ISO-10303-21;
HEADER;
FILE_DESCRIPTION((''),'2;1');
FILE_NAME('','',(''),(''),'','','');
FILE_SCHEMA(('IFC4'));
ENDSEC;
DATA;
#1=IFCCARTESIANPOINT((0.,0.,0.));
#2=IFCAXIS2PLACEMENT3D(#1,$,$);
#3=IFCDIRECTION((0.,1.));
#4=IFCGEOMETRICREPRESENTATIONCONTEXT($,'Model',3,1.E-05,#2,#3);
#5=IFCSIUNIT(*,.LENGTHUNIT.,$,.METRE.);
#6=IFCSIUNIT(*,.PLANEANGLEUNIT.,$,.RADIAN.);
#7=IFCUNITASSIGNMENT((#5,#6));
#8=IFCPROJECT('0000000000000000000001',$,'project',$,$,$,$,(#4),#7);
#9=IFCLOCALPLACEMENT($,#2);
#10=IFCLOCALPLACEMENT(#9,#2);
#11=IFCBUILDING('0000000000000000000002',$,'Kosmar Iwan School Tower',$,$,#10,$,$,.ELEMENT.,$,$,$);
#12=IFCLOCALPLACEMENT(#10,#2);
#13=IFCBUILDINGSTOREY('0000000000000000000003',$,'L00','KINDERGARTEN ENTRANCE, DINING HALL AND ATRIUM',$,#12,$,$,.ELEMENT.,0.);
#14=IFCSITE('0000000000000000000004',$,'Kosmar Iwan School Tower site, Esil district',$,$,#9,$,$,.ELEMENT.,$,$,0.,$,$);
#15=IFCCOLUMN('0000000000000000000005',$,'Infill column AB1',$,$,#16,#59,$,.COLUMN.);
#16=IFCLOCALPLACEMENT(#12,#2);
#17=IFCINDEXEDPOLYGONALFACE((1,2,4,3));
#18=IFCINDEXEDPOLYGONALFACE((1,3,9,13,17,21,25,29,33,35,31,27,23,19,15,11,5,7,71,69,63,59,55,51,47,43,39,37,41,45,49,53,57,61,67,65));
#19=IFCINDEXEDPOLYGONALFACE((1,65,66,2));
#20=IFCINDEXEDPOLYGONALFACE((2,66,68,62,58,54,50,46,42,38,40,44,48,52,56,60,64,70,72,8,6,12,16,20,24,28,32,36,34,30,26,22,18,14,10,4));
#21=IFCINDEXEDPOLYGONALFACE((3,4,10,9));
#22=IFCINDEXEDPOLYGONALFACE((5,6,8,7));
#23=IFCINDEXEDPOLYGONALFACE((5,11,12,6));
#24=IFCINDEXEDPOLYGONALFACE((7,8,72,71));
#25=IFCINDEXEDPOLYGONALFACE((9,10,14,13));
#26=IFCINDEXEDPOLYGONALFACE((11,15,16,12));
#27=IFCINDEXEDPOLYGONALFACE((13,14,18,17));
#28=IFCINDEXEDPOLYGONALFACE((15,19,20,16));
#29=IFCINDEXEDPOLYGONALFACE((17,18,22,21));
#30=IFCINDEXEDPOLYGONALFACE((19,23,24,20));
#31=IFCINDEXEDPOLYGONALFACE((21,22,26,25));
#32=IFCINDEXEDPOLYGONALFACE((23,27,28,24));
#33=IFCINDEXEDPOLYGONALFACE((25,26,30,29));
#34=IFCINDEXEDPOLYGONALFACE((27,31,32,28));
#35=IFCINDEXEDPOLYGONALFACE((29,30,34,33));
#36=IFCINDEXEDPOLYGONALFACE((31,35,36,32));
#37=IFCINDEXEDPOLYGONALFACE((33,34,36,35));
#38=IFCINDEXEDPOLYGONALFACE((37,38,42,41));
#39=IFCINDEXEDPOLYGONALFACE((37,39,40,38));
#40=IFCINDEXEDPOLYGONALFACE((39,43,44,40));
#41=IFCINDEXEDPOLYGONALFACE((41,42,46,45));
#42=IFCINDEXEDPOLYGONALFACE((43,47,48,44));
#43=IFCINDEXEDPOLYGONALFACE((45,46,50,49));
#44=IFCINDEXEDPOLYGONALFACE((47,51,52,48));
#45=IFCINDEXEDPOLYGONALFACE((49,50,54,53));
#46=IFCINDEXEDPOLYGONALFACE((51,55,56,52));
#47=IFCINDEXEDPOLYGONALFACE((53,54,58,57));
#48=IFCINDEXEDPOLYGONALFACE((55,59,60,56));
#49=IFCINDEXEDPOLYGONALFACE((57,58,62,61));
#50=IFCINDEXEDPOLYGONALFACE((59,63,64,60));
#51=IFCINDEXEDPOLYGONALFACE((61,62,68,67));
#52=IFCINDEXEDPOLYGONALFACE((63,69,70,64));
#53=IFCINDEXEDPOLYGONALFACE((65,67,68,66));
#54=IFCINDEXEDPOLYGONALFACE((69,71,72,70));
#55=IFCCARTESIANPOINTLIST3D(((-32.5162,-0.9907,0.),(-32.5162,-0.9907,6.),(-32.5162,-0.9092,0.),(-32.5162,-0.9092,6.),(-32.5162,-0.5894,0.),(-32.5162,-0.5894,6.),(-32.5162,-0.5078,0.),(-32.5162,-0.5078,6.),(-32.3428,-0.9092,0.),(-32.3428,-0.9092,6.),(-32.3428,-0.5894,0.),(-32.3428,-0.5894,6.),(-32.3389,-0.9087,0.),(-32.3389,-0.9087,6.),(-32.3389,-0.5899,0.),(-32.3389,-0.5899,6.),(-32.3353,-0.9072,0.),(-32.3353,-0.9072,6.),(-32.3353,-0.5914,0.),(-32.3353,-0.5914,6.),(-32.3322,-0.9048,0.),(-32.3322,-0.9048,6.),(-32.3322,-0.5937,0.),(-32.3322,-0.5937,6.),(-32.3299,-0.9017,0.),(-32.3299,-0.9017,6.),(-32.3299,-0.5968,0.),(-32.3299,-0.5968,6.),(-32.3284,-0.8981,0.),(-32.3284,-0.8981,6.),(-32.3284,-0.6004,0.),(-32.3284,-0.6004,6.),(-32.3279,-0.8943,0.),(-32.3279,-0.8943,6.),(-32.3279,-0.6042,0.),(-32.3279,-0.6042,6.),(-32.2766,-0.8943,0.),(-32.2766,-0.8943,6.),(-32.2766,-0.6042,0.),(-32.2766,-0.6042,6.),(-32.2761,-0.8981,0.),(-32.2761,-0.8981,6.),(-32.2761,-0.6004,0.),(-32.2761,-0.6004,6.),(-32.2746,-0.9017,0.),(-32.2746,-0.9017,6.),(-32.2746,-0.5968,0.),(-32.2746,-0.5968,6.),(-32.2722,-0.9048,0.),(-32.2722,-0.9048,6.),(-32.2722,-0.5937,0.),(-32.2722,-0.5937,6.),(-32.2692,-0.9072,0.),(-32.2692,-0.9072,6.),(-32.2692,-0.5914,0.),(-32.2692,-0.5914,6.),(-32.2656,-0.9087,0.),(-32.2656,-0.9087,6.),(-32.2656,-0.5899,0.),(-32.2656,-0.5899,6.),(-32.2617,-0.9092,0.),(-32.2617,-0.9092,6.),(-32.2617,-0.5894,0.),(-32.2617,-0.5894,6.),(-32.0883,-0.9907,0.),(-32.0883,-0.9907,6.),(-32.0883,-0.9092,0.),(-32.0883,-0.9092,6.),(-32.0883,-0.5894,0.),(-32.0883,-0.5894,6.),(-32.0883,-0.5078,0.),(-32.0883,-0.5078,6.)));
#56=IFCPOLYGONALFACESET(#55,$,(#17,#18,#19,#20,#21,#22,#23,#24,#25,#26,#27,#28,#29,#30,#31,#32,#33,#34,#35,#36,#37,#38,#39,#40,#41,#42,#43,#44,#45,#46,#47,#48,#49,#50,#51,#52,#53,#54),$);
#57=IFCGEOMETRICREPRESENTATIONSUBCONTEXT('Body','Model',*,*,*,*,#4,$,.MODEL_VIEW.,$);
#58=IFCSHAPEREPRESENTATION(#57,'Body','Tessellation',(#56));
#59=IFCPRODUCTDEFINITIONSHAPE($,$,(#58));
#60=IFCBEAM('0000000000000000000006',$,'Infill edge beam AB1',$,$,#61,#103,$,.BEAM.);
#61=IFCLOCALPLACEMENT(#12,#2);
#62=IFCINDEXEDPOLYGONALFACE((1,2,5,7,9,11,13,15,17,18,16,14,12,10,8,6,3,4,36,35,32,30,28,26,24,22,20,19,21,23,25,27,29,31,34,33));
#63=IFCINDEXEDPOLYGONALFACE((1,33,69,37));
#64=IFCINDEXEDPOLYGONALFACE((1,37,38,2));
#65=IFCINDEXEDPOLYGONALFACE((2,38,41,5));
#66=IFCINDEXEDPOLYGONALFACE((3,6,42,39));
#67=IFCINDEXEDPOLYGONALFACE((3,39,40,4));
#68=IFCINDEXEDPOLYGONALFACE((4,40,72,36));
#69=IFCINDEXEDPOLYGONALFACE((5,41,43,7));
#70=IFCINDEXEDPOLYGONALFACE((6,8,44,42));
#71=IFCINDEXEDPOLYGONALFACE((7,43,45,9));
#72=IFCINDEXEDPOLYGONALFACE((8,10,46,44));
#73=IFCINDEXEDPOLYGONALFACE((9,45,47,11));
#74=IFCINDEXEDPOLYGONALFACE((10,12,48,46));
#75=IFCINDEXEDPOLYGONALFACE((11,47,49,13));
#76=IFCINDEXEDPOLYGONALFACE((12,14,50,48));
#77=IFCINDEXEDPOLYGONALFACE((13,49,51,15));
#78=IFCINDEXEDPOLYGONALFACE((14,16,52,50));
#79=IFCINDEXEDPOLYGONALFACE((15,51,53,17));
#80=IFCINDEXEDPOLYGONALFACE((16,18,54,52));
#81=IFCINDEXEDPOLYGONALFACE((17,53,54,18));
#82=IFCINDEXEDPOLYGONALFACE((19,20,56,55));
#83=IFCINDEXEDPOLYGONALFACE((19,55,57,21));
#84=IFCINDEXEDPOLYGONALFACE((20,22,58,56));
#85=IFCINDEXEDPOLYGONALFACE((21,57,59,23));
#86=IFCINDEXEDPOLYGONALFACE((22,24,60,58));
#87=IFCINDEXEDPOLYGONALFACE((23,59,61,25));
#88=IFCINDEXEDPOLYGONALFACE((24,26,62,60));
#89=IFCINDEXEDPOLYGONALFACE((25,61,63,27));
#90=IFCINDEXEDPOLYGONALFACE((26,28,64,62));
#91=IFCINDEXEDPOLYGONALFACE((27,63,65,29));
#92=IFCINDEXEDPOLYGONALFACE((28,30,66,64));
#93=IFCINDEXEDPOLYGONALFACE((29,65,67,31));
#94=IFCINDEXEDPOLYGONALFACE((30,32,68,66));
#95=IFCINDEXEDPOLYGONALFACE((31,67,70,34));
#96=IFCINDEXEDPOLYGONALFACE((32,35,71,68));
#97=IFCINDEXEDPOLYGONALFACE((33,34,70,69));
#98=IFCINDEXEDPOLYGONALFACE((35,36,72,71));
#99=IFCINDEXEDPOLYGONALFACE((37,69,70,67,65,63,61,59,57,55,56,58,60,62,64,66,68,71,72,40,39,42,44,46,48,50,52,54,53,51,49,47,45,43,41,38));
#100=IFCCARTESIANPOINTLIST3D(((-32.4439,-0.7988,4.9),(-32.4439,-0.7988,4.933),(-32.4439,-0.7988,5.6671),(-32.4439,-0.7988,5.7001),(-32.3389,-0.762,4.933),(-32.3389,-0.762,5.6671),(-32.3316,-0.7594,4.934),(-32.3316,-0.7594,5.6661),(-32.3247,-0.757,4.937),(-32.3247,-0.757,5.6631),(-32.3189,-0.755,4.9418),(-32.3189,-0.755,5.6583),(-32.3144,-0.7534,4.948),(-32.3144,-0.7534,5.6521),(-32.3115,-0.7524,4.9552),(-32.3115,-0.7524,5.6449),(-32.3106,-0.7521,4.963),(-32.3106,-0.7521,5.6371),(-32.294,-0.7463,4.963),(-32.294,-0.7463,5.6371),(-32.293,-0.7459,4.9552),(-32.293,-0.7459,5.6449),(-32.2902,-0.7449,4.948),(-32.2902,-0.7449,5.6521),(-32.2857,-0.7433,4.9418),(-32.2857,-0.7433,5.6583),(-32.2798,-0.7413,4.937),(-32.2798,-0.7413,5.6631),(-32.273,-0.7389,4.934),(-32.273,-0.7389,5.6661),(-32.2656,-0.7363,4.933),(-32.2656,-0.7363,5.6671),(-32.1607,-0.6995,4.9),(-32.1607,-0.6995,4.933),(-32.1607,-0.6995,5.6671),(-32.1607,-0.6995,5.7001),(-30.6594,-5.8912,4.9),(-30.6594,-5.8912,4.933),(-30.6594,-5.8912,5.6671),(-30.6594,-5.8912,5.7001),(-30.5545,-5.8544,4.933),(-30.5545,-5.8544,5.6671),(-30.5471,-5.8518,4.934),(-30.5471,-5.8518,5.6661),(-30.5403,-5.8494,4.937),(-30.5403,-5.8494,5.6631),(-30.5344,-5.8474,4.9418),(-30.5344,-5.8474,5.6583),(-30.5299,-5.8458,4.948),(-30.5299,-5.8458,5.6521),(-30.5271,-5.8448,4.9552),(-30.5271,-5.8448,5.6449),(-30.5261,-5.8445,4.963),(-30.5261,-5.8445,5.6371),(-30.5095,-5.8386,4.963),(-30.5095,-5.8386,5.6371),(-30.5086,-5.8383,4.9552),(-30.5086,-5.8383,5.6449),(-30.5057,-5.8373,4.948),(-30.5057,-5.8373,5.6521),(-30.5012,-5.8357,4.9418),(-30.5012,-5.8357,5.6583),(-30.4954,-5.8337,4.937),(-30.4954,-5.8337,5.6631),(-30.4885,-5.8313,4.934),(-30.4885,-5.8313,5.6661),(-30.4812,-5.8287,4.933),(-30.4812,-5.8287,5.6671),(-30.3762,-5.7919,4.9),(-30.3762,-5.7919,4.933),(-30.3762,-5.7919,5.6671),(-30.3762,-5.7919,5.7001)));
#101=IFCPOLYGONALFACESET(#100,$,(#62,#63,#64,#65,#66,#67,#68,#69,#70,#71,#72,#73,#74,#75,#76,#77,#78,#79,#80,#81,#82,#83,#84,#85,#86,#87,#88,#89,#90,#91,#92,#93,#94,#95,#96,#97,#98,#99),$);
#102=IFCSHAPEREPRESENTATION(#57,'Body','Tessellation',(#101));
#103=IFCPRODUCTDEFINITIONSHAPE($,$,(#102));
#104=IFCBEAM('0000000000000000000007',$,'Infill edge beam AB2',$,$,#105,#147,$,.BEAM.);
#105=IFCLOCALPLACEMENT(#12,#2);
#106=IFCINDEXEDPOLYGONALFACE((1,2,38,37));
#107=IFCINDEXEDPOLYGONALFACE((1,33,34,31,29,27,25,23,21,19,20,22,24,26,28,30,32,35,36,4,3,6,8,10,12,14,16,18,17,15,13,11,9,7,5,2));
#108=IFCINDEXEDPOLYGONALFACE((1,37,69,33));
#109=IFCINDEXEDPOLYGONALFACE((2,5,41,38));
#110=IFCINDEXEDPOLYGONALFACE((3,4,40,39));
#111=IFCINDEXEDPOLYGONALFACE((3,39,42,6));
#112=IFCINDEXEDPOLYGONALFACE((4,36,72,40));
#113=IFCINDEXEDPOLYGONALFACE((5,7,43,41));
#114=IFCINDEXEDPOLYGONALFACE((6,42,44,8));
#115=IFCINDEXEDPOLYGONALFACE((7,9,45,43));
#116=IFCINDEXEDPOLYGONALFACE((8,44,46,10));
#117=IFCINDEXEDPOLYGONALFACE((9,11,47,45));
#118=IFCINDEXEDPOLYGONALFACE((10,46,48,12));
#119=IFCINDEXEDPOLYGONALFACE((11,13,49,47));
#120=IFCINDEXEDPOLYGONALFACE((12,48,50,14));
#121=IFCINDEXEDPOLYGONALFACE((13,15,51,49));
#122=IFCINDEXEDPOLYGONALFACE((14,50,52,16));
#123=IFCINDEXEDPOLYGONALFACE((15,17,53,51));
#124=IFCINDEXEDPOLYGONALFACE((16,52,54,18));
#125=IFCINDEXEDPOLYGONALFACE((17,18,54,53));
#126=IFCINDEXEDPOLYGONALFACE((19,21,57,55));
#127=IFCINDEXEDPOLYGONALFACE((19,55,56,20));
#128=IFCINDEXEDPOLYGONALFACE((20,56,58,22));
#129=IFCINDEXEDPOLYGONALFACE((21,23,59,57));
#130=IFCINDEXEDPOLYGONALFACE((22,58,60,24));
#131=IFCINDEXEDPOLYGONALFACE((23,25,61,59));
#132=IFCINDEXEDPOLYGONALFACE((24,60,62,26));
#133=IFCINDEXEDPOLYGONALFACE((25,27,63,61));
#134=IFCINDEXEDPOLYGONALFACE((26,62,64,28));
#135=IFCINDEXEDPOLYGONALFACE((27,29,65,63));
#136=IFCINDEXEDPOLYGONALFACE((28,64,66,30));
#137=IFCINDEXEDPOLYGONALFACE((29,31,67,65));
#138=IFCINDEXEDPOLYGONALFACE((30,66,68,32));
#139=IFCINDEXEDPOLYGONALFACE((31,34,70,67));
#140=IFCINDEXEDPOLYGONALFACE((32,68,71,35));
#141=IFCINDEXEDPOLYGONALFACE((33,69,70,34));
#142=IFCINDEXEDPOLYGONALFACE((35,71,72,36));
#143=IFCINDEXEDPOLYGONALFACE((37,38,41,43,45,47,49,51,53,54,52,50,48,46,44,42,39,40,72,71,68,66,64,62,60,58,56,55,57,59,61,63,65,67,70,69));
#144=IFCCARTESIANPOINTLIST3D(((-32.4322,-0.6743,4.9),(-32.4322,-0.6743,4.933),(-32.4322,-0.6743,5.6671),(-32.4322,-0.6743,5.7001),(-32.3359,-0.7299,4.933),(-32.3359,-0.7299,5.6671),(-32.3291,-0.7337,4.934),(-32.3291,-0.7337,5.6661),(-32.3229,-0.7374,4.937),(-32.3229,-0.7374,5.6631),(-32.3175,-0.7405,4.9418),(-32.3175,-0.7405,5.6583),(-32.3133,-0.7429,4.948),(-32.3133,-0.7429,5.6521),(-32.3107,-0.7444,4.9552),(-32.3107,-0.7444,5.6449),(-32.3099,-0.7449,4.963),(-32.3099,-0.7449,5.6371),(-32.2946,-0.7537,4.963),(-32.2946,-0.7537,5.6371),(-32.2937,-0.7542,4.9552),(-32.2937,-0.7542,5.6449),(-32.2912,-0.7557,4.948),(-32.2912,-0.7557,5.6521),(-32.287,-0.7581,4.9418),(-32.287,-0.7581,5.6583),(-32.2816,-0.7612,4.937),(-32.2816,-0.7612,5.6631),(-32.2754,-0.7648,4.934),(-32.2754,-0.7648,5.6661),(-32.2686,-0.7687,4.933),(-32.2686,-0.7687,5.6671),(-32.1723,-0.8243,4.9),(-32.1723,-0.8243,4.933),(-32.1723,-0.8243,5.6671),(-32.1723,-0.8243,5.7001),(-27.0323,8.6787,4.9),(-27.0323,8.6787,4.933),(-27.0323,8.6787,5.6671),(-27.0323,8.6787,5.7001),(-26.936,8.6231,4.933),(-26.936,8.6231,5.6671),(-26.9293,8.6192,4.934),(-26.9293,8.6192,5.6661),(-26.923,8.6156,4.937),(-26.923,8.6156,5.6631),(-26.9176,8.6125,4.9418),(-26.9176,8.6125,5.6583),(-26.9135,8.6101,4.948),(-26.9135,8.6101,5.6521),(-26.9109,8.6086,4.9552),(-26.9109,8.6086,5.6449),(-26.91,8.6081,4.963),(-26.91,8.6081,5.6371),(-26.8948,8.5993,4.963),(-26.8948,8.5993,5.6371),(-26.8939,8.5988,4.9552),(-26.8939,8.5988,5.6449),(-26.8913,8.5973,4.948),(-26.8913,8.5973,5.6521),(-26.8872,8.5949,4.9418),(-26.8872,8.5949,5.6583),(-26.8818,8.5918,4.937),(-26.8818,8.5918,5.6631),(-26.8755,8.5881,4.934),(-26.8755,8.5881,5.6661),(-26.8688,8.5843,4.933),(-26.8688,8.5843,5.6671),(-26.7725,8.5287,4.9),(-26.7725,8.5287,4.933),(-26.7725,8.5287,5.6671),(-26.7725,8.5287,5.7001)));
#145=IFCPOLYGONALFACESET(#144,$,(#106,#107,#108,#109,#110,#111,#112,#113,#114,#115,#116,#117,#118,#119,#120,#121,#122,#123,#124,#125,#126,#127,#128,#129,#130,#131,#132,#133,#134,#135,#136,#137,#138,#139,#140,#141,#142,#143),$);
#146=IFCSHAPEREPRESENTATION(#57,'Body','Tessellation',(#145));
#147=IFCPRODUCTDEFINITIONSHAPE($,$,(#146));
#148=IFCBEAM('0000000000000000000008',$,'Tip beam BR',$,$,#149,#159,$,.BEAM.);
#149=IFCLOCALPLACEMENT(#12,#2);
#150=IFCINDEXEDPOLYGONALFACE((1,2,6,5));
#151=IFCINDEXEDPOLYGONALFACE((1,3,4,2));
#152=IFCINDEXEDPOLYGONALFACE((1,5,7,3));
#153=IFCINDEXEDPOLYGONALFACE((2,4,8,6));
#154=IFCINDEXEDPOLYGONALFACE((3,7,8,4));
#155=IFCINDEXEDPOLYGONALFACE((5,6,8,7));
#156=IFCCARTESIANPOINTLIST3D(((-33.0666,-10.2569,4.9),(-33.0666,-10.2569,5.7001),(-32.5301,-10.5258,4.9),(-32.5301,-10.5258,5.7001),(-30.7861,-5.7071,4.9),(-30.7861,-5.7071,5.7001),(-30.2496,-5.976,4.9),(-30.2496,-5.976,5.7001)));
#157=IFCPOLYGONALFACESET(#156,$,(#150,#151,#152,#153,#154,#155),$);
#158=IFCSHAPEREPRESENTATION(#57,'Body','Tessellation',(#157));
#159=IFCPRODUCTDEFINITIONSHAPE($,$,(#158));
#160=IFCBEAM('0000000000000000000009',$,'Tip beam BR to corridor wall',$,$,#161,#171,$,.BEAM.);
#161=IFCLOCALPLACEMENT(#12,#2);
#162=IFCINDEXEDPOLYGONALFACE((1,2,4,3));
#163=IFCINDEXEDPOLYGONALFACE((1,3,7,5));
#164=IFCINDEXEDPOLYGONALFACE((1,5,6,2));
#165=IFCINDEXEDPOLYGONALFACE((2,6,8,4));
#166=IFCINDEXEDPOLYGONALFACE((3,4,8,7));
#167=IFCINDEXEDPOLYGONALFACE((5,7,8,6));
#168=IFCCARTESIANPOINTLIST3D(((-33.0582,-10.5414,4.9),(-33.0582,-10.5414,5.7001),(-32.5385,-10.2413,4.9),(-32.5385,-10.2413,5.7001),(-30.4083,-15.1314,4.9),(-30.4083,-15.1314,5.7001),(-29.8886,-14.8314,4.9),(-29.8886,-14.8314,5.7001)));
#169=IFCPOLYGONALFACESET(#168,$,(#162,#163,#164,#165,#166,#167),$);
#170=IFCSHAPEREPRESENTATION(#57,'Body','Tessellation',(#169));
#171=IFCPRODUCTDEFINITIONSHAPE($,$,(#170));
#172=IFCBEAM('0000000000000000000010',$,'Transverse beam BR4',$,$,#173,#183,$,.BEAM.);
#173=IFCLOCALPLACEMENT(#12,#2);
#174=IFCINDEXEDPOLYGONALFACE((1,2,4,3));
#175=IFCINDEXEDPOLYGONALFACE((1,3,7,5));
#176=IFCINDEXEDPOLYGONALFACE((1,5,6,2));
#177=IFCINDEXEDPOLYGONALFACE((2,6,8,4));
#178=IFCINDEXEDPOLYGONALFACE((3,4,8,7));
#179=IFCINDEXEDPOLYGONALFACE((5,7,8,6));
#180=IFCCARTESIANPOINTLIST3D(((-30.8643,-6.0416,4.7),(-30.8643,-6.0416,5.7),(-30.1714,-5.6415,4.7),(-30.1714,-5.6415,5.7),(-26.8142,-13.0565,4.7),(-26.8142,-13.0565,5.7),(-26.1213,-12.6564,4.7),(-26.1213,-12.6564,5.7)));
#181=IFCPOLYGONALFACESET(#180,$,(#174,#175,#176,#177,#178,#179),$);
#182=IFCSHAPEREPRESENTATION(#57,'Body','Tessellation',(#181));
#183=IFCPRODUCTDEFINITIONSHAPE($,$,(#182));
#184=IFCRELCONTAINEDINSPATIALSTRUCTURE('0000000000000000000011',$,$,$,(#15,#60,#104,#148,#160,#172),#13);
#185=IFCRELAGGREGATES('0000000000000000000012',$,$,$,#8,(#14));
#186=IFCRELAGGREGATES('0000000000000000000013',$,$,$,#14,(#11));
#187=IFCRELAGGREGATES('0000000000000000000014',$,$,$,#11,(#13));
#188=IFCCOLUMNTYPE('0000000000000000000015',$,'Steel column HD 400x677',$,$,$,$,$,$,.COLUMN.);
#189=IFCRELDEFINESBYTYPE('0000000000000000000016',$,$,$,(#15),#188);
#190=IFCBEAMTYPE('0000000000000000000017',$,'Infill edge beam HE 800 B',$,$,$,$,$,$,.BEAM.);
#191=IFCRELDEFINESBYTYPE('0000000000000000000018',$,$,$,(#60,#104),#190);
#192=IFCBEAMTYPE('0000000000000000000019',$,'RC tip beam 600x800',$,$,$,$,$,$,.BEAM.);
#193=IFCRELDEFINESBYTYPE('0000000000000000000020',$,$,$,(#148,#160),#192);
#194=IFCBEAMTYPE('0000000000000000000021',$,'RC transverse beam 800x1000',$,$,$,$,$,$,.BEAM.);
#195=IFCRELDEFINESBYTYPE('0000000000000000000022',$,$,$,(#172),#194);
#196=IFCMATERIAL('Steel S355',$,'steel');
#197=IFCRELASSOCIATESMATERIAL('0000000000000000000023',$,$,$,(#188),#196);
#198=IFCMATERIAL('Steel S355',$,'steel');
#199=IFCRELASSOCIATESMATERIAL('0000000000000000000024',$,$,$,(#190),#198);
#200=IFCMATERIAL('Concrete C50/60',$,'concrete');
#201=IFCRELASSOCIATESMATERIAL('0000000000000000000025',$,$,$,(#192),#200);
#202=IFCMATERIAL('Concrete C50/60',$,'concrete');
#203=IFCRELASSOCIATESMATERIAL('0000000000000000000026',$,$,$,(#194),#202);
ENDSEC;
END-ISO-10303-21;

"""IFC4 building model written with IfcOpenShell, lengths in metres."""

from ifc_helpers import new_model, si_unit, direction, frame, origin, origin_2d, place, context, subcontext, project, spatial, rectangle, i_section, extrude, material, material_profile, profile_set, type_object, element, save


model = new_model("IFC4")

# Units and contexts
model_context = context("Model", 3, precision=1e-05, world=origin(), true_north=direction((0.0, 1.0)))
body_context = subcontext(model_context, "Body", "Model", "MODEL_VIEW")
ifc_project = project(units=[si_unit("LENGTHUNIT", "METRE"), si_unit("PLANEANGLEUNIT", "RADIAN")], contexts=[model_context])

# Site, building, storey
site_placement = place(None, origin())
site = spatial("IfcSite", under=ifc_project, at=site_placement, Name="Kosmar Iwan School Tower site, Esil district", CompositionType="ELEMENT", RefElevation=0.0)
building_placement = place(site_placement, origin())
building = spatial("IfcBuilding", under=site, at=building_placement, Name="Kosmar Iwan School Tower", CompositionType="ELEMENT")
storey_placement = place(building_placement, origin())
storey = spatial("IfcBuildingStorey", under=building, at=storey_placement, Name="L00", Description="KINDERGARTEN ENTRANCE, DINING HALL AND ATRIUM", CompositionType="ELEMENT", Elevation=0.0)

# Column
ifc_material_1 = material(Name="Steel S355", Category="steel")
ifc_material_profile_1 = material_profile(ifc_material_1, i_section(OverallWidth=0.428, OverallDepth=0.4829, WebThickness=0.0513, FlangeThickness=0.0815, FilletRadius=0.0149, at=origin_2d()), Name="HD 400x677")
ifc_profile_set_1 = profile_set([ifc_material_profile_1], Name="Steel S355")
column_type_1 = type_object("IfcColumnType", Name="Steel column HD 400x677", PredefinedType="COLUMN", material=ifc_profile_set_1)
column_1_placement = place(storey_placement, frame((-32.3022, -0.7493, 0.0), z_axis=(0.0, 0.0, 1.0), x_axis=(1.0, 0.0, 0.0)))
element("IfcColumn", 1, at=column_1_placement, inside=storey, type_object=column_type_1, Name="Infill column AB1", PredefinedType="COLUMN", context=body_context, shape_type="SweptSolid", body=[
    extrude(i_section(OverallWidth=0.428, OverallDepth=0.4829, WebThickness=0.0513, FlangeThickness=0.0815, FilletRadius=0.0149, at=origin_2d()), origin(), (0.0, 0.0, 1.0), 6.0),
])

# Beams
ifc_material_2 = material(Name="Steel S355", Category="steel")
ifc_material_profile_2 = material_profile(ifc_material_2, i_section(OverallWidth=0.3, OverallDepth=0.8, WebThickness=0.0176, FlangeThickness=0.033, FilletRadius=0.03, at=origin_2d()), Name="HE 800 B")
ifc_profile_set_2 = profile_set([ifc_material_profile_2], Name="Steel S355")
beam_type_1 = type_object("IfcBeamType", Name="Infill edge beam HE 800 B", PredefinedType="BEAM", material=ifc_profile_set_2)
beam_1_placement = place(storey_placement, frame((-30.5178, -5.8416, 5.3), z_axis=(-0.330701, 0.943736, 0.0), x_axis=(-0.943736, -0.330701, 0.0)))
element("IfcBeam", 2, at=beam_1_placement, inside=storey, type_object=beam_type_1, Name="Infill edge beam AB1", PredefinedType="BEAM", context=body_context, shape_type="SweptSolid", body=[
    extrude(i_section(OverallWidth=0.3, OverallDepth=0.8, WebThickness=0.0176, FlangeThickness=0.033, FilletRadius=0.03, at=origin_2d()), origin(), (0.0, 0.0, 1.0), 5.396),
])
beam_2_placement = place(storey_placement, frame((-32.3022, -0.7493, 5.3), z_axis=(0.499995, 0.866028, 0.0), x_axis=(-0.866028, 0.499995, 0.0)))
element("IfcBeam", 3, at=beam_2_placement, inside=storey, type_object=beam_type_1, Name="Infill edge beam AB2", PredefinedType="BEAM", context=body_context, shape_type="SweptSolid", body=[
    extrude(i_section(OverallWidth=0.3, OverallDepth=0.8, WebThickness=0.0176, FlangeThickness=0.033, FilletRadius=0.03, at=origin_2d()), origin(), (0.0, 0.0, 1.0), 10.7998),
])
ifc_material_3 = material(Name="Concrete C50/60", Category="concrete")
ifc_material_profile_3 = material_profile(ifc_material_3, rectangle(XDim=0.6001, YDim=0.8, at=origin_2d()), Name="RC 600x800")
ifc_profile_set_3 = profile_set([ifc_material_profile_3], Name="Concrete C50/60")
beam_type_2 = type_object("IfcBeamType", Name="RC tip beam 600x800", PredefinedType="BEAM", material=ifc_profile_set_3)
beam_3_placement = place(storey_placement, frame((-30.5178, -5.8416, 5.3), z_axis=(-0.448096, -0.893985, 0.0), x_axis=(0.893985, -0.448096, 0.0)))
element("IfcBeam", 4, at=beam_3_placement, inside=storey, type_object=beam_type_2, Name="Tip beam BR", PredefinedType="BEAM", context=body_context, shape_type="SweptSolid", body=[
    extrude(rectangle(XDim=0.6001, YDim=0.8, at=origin_2d()), origin(), (0.0, 0.0, 1.0), 5.0894),
])
beam_4_placement = place(storey_placement, frame((-32.7983, -10.3914, 5.3), z_axis=(0.499974, -0.866041, 0.0), x_axis=(0.866041, 0.499974, 0.0)))
element("IfcBeam", 5, at=beam_4_placement, inside=storey, type_object=beam_type_2, Name="Tip beam BR to corridor wall", PredefinedType="BEAM", context=body_context, shape_type="SweptSolid", body=[
    extrude(rectangle(XDim=0.6001, YDim=0.8, at=origin_2d()), origin(), (0.0, 0.0, 1.0), 5.3),
])
ifc_material_4 = material(Name="Concrete C50/60", Category="concrete")
ifc_material_profile_4 = material_profile(ifc_material_4, rectangle(XDim=0.8, YDim=1.0, at=origin_2d()), Name="RC 800x1000")
ifc_profile_set_4 = profile_set([ifc_material_profile_4], Name="Concrete C50/60")
beam_type_3 = type_object("IfcBeamType", Name="RC transverse beam 800x1000", PredefinedType="BEAM", material=ifc_profile_set_4)
beam_5_placement = place(storey_placement, frame((-30.5178, -5.8416, 5.2), z_axis=(0.5, -0.866025, 0.0), x_axis=(0.866025, 0.5, 0.0)))
element("IfcBeam", 6, at=beam_5_placement, inside=storey, type_object=beam_type_3, Name="Transverse beam BR4", PredefinedType="BEAM", context=body_context, shape_type="SweptSolid", body=[
    extrude(rectangle(XDim=0.8, YDim=1.0, at=origin_2d()), origin(), (0.0, 0.0, 1.0), 8.1001),
])

save(model, "model.ifc")
